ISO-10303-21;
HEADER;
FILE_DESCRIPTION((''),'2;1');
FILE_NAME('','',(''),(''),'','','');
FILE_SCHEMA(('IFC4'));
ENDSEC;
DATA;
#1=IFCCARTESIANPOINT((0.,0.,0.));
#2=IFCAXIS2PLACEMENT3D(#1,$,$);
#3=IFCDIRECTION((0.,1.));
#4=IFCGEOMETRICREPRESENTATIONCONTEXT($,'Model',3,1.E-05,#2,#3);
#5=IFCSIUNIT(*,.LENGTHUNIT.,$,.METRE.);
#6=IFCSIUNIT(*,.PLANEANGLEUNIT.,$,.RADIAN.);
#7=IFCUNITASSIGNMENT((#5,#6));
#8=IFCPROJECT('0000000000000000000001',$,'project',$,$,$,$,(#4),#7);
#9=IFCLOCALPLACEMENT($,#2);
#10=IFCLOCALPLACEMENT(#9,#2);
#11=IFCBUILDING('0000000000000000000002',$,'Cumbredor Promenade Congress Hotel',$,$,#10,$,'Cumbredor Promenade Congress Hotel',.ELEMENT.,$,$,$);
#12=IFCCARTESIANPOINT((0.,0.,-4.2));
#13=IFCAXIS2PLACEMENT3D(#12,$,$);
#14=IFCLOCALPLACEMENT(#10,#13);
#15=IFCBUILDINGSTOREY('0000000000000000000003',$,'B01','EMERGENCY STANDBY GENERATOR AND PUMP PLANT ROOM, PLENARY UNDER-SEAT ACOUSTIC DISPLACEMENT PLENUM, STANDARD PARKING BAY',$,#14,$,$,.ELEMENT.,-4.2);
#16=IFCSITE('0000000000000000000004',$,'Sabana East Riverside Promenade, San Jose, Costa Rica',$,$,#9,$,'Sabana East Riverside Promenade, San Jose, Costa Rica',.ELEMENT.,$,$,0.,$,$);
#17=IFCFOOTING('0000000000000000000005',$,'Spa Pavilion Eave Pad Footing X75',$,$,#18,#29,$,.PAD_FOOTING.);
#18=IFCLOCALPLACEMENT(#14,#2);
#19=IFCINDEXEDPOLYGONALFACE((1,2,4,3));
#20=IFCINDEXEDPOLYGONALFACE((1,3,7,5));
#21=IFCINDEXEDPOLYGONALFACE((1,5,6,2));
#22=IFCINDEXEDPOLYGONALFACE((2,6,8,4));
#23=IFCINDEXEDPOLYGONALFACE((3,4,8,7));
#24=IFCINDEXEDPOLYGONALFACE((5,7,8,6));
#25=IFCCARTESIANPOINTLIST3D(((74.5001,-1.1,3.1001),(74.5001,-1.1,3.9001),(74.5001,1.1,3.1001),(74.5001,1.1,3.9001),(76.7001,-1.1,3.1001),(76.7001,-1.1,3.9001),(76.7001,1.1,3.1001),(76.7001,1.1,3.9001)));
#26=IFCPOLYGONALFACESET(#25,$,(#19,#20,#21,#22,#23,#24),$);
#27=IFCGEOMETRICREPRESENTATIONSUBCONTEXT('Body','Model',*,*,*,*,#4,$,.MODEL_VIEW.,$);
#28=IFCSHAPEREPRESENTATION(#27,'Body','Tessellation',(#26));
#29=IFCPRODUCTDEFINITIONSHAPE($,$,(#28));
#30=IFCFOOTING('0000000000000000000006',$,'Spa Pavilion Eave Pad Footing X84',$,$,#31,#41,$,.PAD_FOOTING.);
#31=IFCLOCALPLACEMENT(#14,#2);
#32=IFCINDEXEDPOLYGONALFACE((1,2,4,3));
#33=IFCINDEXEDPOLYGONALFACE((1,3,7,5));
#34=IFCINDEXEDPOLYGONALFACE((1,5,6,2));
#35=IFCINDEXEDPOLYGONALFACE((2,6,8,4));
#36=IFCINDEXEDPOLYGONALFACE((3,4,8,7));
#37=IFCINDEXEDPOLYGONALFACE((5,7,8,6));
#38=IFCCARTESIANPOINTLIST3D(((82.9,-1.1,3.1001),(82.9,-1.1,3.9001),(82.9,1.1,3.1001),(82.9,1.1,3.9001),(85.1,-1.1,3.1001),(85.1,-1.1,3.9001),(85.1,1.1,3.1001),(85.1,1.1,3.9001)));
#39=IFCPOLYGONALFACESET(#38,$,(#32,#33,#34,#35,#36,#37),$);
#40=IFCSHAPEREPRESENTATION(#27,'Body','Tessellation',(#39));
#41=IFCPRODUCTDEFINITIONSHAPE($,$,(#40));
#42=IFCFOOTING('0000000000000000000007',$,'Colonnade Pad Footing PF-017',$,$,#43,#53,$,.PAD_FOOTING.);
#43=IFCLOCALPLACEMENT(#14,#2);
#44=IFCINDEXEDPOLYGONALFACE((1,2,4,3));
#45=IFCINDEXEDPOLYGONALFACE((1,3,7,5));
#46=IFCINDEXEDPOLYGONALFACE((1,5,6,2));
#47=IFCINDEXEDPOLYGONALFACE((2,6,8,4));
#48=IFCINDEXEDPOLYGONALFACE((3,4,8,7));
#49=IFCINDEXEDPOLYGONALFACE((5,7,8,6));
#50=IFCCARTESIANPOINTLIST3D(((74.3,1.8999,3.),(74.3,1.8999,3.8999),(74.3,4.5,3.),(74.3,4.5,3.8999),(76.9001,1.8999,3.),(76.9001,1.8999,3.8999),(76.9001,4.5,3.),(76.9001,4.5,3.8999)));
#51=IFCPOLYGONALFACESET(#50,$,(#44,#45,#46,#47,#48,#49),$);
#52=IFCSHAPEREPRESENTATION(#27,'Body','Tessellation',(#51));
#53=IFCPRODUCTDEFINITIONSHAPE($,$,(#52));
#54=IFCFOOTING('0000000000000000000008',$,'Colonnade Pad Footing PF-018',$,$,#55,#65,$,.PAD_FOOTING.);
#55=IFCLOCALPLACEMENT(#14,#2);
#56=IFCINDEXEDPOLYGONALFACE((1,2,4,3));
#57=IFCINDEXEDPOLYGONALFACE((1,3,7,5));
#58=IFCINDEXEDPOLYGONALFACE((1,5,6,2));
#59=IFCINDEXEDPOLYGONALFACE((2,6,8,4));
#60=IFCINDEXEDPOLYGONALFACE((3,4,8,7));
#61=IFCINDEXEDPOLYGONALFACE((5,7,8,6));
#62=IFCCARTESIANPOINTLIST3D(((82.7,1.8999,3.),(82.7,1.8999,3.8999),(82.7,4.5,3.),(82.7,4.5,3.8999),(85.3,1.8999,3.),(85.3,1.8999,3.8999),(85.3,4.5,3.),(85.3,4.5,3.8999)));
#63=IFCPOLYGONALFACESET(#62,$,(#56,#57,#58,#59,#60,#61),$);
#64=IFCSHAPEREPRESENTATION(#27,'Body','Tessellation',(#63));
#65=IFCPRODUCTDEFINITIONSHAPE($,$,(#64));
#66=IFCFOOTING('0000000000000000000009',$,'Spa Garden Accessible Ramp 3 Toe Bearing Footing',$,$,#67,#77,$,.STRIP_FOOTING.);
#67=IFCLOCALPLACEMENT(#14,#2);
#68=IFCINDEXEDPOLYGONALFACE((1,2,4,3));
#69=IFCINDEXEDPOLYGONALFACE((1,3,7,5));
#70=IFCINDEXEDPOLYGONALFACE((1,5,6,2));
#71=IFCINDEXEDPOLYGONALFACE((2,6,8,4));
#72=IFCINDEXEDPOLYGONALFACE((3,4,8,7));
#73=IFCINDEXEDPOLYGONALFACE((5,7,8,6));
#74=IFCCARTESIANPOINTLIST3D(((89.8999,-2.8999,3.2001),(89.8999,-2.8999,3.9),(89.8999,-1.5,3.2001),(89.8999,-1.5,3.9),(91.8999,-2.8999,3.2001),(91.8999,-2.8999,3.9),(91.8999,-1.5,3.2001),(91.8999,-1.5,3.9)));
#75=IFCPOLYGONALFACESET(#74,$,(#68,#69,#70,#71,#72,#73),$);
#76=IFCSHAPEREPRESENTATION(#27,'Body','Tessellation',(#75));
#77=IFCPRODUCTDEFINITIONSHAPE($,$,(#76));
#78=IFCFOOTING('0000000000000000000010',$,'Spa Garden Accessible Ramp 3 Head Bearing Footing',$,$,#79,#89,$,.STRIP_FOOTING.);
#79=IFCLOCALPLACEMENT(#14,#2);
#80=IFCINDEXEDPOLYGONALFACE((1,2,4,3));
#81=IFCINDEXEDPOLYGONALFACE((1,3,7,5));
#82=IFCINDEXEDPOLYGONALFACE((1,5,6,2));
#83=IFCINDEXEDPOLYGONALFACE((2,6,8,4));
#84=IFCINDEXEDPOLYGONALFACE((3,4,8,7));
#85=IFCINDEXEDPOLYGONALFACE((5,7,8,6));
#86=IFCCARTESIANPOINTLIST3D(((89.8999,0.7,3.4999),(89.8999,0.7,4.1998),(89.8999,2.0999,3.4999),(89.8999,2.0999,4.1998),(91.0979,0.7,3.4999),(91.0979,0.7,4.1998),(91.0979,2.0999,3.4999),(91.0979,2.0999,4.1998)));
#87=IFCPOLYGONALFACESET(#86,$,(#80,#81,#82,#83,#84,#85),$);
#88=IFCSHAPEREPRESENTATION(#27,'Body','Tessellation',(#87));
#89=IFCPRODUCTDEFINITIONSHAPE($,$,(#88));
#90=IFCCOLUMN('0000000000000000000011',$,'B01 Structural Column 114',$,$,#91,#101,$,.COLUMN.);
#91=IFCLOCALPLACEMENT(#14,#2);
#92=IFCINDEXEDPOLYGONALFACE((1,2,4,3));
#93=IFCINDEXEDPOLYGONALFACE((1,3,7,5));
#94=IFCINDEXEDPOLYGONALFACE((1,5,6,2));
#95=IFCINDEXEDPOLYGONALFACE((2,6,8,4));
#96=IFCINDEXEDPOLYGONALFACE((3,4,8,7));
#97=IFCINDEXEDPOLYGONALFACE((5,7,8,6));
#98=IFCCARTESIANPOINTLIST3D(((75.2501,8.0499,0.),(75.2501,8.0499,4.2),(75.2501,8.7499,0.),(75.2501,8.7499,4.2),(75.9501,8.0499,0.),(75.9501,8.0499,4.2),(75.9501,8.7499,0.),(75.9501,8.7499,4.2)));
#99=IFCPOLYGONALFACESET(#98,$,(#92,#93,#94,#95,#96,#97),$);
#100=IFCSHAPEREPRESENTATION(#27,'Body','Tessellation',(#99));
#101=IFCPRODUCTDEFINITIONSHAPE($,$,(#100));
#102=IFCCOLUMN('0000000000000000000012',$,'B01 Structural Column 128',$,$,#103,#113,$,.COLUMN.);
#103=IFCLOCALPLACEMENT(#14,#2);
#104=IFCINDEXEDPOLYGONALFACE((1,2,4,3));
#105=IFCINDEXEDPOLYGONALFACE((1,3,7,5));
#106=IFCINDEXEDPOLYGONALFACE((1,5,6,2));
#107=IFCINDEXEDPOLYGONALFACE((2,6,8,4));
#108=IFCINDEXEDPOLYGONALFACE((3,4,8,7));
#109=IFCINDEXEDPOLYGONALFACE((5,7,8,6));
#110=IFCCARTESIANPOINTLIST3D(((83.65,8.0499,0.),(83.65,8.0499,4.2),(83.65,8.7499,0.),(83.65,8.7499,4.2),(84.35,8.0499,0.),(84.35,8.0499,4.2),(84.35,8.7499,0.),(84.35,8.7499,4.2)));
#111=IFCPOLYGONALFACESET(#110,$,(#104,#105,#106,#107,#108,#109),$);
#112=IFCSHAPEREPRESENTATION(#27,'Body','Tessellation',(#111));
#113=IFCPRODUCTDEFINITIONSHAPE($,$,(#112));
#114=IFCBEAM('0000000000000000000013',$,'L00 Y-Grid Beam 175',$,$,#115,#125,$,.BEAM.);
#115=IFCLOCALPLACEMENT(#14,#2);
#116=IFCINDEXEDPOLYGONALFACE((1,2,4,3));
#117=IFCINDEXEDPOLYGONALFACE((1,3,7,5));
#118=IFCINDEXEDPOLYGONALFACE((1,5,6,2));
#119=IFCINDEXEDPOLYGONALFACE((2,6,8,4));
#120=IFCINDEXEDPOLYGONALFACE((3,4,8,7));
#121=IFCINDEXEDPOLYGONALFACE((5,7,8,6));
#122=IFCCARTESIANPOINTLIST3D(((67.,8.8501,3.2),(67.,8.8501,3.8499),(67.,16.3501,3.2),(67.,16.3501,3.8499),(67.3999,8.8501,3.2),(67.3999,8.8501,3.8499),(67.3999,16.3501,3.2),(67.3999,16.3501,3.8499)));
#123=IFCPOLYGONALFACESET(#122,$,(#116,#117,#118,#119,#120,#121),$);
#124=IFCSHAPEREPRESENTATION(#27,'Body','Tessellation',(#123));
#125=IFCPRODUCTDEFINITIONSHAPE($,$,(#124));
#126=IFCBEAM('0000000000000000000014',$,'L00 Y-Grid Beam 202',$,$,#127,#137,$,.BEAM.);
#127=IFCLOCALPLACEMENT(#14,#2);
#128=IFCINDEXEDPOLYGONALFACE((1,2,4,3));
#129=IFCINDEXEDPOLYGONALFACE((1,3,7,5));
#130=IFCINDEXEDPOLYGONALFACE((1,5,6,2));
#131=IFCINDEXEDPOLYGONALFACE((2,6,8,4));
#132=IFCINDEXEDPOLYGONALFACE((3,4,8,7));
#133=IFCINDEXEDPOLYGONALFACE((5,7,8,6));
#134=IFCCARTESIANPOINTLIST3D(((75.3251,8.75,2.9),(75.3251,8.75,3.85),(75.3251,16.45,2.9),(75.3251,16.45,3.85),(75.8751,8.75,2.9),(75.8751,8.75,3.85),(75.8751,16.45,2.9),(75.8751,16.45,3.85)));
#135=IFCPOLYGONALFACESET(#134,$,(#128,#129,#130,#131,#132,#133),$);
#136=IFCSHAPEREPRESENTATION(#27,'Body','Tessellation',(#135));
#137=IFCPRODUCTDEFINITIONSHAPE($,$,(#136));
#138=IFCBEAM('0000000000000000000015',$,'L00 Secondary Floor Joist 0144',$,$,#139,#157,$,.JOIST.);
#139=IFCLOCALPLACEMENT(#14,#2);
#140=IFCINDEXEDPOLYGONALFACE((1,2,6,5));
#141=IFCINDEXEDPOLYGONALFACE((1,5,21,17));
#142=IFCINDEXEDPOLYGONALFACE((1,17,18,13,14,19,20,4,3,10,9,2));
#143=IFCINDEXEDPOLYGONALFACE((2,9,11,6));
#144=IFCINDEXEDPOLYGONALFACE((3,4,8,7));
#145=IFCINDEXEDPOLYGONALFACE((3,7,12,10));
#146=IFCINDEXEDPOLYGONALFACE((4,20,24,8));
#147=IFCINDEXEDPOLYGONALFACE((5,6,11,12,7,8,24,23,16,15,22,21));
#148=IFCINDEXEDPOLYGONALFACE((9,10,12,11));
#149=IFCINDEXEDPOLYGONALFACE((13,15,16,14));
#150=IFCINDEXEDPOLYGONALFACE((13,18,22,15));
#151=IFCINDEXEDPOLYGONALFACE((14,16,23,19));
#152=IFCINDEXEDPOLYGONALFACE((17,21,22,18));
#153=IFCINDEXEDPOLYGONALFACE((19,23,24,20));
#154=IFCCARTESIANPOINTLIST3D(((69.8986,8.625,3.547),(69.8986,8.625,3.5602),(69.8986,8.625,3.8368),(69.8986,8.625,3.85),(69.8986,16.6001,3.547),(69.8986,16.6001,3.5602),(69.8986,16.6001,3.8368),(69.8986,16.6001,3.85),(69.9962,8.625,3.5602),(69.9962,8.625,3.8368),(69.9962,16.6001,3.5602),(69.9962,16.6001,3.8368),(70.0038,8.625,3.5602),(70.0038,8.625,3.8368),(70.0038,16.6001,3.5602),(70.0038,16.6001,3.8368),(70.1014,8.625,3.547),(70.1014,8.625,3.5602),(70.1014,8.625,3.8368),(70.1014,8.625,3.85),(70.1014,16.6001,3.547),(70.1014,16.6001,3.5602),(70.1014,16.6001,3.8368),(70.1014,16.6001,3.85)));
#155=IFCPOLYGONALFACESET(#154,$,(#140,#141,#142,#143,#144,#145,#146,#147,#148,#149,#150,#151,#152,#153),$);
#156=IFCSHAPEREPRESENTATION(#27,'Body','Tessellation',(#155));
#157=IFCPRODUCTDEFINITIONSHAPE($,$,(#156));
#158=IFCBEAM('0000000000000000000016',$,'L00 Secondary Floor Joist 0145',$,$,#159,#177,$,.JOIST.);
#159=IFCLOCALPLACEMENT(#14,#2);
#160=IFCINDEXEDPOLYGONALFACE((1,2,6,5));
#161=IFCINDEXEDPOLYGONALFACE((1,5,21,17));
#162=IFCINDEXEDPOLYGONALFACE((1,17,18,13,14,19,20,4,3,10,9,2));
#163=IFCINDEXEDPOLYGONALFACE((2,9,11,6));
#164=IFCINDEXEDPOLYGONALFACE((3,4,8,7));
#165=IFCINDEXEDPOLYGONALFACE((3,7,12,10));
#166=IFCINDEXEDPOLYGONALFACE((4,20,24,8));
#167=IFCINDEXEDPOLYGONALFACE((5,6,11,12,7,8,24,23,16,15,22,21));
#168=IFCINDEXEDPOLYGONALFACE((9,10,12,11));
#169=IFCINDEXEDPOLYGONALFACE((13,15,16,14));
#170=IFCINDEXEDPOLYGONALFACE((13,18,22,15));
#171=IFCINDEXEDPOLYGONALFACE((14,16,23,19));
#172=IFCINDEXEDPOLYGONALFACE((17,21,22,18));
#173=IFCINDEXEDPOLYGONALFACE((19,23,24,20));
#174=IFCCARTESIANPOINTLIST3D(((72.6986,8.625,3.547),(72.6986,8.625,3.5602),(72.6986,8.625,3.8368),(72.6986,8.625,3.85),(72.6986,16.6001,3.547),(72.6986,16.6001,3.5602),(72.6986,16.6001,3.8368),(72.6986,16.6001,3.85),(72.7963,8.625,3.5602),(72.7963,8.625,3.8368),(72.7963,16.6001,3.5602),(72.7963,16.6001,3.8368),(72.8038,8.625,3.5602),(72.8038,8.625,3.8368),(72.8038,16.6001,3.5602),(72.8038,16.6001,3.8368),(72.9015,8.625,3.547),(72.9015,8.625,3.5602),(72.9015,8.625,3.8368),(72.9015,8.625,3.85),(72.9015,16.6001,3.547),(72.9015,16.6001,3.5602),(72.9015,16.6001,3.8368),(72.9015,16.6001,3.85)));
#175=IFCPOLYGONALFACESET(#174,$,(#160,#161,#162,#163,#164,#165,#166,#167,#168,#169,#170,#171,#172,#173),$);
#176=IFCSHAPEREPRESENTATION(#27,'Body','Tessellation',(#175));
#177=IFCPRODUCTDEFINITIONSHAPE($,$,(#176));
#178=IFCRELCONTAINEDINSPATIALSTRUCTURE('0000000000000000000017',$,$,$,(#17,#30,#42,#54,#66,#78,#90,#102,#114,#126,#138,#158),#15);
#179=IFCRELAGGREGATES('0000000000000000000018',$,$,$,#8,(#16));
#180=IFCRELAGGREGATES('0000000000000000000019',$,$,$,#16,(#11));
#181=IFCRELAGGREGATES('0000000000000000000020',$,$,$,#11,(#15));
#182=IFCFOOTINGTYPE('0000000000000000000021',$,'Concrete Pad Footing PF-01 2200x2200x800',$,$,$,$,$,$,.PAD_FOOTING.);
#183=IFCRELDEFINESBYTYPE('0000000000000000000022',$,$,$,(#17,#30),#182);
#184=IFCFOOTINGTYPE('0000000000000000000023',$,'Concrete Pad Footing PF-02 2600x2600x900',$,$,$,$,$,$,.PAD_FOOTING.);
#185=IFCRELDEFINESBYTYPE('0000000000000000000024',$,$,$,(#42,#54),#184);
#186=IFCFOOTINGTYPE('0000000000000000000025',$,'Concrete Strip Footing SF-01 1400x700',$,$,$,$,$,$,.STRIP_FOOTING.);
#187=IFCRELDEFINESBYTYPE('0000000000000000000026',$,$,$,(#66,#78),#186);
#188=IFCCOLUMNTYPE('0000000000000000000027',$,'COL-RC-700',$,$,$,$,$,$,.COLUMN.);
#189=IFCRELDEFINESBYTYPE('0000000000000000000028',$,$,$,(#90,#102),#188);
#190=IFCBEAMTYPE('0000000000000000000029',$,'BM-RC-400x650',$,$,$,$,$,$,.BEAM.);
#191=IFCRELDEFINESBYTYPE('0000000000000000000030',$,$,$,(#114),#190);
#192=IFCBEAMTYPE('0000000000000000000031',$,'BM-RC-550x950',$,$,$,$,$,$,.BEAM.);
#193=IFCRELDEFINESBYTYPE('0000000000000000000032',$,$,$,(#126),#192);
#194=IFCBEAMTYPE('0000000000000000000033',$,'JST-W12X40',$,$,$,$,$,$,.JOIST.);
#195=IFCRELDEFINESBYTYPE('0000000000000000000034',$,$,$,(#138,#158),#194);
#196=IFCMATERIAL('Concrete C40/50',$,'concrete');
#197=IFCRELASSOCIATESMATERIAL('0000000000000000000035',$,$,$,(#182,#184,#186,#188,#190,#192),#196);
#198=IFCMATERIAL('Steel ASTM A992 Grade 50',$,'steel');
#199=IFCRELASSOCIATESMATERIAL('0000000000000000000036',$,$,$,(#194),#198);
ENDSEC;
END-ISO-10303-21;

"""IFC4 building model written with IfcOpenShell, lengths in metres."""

from ifc_helpers import new_model, si_unit, direction, frame, origin, origin_2d, place, context, subcontext, project, spatial, rectangle, i_section, extrude, material, material_profile, profile_set, type_object, element, save


model = new_model("IFC4")

# Units and contexts
model_context = context("Model", 3, precision=1e-05, world=origin(), true_north=direction((0.0, 1.0)))
body_context = subcontext(model_context, "Body", "Model", "MODEL_VIEW")
ifc_project = project(units=[si_unit("LENGTHUNIT", "METRE"), si_unit("PLANEANGLEUNIT", "RADIAN")], contexts=[model_context])

# Site, building, storey
site_placement = place(None, origin())
site = spatial("IfcSite", under=ifc_project, at=site_placement, Name="Sabana East Riverside Promenade, San Jose, Costa Rica", LongName="Sabana East Riverside Promenade, San Jose, Costa Rica", CompositionType="ELEMENT", RefElevation=0.0)
building_placement = place(site_placement, origin())
building = spatial("IfcBuilding", under=site, at=building_placement, Name="Cumbredor Promenade Congress Hotel", LongName="Cumbredor Promenade Congress Hotel", CompositionType="ELEMENT")
storey_placement = place(building_placement, frame((0.0, 0.0, -4.2)))
storey = spatial("IfcBuildingStorey", under=building, at=storey_placement, Name="B01", Description="EMERGENCY STANDBY GENERATOR AND PUMP PLANT ROOM, PLENARY UNDER-SEAT ACOUSTIC DISPLACEMENT PLENUM, STANDARD PARKING BAY", CompositionType="ELEMENT", Elevation=-4.2)

# Footings
ifc_material_1 = material(Name="Concrete C40/50", Category="concrete")
footing_type_1 = type_object("IfcFootingType", Name="Concrete Pad Footing PF-01 2200x2200x800", PredefinedType="PAD_FOOTING", material=ifc_material_1)
for number, where, z_axis, x_axis, name in (
    (1, (75.6001, 0.0, 3.1001), (0.0, 0.0, 1.0), (1.0, 0.0, 0.0), "Spa Pavilion Eave Pad Footing X75"),
    (2, (84.0, 0.0, 3.1001), (0.0, 0.0, 1.0), (1.0, 0.0, 0.0), "Spa Pavilion Eave Pad Footing X84"),
):
    element("IfcFooting", number, at=place(storey_placement, frame(where, z_axis=z_axis, x_axis=x_axis)), inside=storey, type_object=footing_type_1, Name=name, PredefinedType="PAD_FOOTING", context=body_context, shape_type="SweptSolid", body=[
        extrude(rectangle(XDim=2.2, YDim=2.2, at=origin_2d()), origin(), (0.0, 0.0, 1.0), 0.8),
    ])
footing_type_2 = type_object("IfcFootingType", Name="Concrete Pad Footing PF-02 2600x2600x900", PredefinedType="PAD_FOOTING", material=ifc_material_1)
for number, where, z_axis, x_axis, name in (
    (3, (75.6001, 3.2, 3.0), (0.0, 0.0, 1.0), (1.0, 0.0, 0.0), "Colonnade Pad Footing PF-017"),
    (4, (84.0, 3.2, 3.0), (0.0, 0.0, 1.0), (1.0, 0.0, 0.0), "Colonnade Pad Footing PF-018"),
):
    element("IfcFooting", number, at=place(storey_placement, frame(where, z_axis=z_axis, x_axis=x_axis)), inside=storey, type_object=footing_type_2, Name=name, PredefinedType="PAD_FOOTING", context=body_context, shape_type="SweptSolid", body=[
        extrude(rectangle(XDim=2.6001, YDim=2.6001, at=origin_2d()), origin(), (0.0, 0.0, 1.0), 0.8999),
    ])
ifc_material_profile_1 = material_profile(ifc_material_1, rectangle(XDim=1.3999, YDim=0.7, at=origin_2d()), Name="SF 1400x700")
ifc_profile_set_1 = profile_set([ifc_material_profile_1], Name="Concrete C40/50")
footing_type_3 = type_object("IfcFootingType", Name="Concrete Strip Footing SF-01 1400x700", PredefinedType="STRIP_FOOTING", material=ifc_profile_set_1)
footing_1_placement = place(storey_placement, frame((89.8999, -2.2, 3.55), z_axis=(1.0, 0.0, 0.0), x_axis=(0.0, 1.0, 0.0)))
element("IfcFooting", 5, at=footing_1_placement, inside=storey, type_object=footing_type_3, Name="Spa Garden Accessible Ramp 3 Toe Bearing Footing", PredefinedType="STRIP_FOOTING", context=body_context, shape_type="SweptSolid", body=[
    extrude(rectangle(XDim=1.3999, YDim=0.7, at=origin_2d()), origin(), (0.0, 0.0, 1.0), 2.0),
])
footing_2_placement = place(storey_placement, frame((89.8999, 1.3999, 3.8499), z_axis=(1.0, 0.0, 0.0), x_axis=(0.0, 1.0, 0.0)))
element("IfcFooting", 6, at=footing_2_placement, inside=storey, type_object=footing_type_3, Name="Spa Garden Accessible Ramp 3 Head Bearing Footing", PredefinedType="STRIP_FOOTING", context=body_context, shape_type="SweptSolid", body=[
    extrude(rectangle(XDim=1.3999, YDim=0.7, at=origin_2d()), origin(), (0.0, 0.0, 1.0), 1.198),
])

# Columns
ifc_material_profile_2 = material_profile(ifc_material_1, rectangle(XDim=0.7, YDim=0.7, at=origin_2d()), Name="RC 700x700")
ifc_profile_set_2 = profile_set([ifc_material_profile_2], Name="Concrete C40/50")
column_type = type_object("IfcColumnType", Name="COL-RC-700", PredefinedType="COLUMN", material=ifc_profile_set_2)
for number, where, z_axis, x_axis, name in (
    (7, (75.6001, 8.3999, 0.0), (0.0, 0.0, 1.0), (1.0, 0.0, 0.0), "B01 Structural Column 114"),
    (8, (84.0, 8.3999, 0.0), (0.0, 0.0, 1.0), (1.0, 0.0, 0.0), "B01 Structural Column 128"),
):
    element("IfcColumn", number, at=place(storey_placement, frame(where, z_axis=z_axis, x_axis=x_axis)), inside=storey, type_object=column_type, Name=name, PredefinedType="COLUMN", context=body_context, shape_type="SweptSolid", body=[
        extrude(rectangle(XDim=0.7, YDim=0.7, at=origin_2d()), origin(), (0.0, 0.0, 1.0), 4.2),
    ])

# Beams
ifc_material_profile_3 = material_profile(ifc_material_1, rectangle(XDim=0.3999, YDim=0.6499, at=origin_2d()), Name="RC BEAM 400x650")
ifc_profile_set_3 = profile_set([ifc_material_profile_3], Name="Concrete C40/50")
beam_type_1 = type_object("IfcBeamType", Name="BM-RC-400x650", PredefinedType="BEAM", material=ifc_profile_set_3)
beam_1_placement = place(storey_placement, frame((67.2, 8.8501, 3.5249), z_axis=(0.0, 1.0, 0.0), x_axis=(-1.0, 0.0, 0.0)))
element("IfcBeam", 9, at=beam_1_placement, inside=storey, type_object=beam_type_1, Name="L00 Y-Grid Beam 175", PredefinedType="BEAM", context=body_context, shape_type="SweptSolid", body=[
    extrude(rectangle(XDim=0.3999, YDim=0.6499, at=origin_2d()), origin(), (0.0, 0.0, 1.0), 7.5),
])
ifc_material_profile_4 = material_profile(ifc_material_1, rectangle(XDim=0.55, YDim=0.95, at=origin_2d()), Name="RC BEAM 550x950")
ifc_profile_set_4 = profile_set([ifc_material_profile_4], Name="Concrete C40/50")
beam_type_2 = type_object("IfcBeamType", Name="BM-RC-550x950", PredefinedType="BEAM", material=ifc_profile_set_4)
beam_2_placement = place(storey_placement, frame((75.6001, 8.75, 3.375), z_axis=(0.0, 1.0, 0.0), x_axis=(-1.0, 0.0, 0.0)))
element("IfcBeam", 10, at=beam_2_placement, inside=storey, type_object=beam_type_2, Name="L00 Y-Grid Beam 202", PredefinedType="BEAM", context=body_context, shape_type="SweptSolid", body=[
    extrude(rectangle(XDim=0.55, YDim=0.95, at=origin_2d()), origin(), (0.0, 0.0, 1.0), 7.7),
])
ifc_material_2 = material(Name="Steel ASTM A992 Grade 50", Category="steel")
ifc_material_profile_5 = material_profile(ifc_material_2, i_section(OverallWidth=0.2029, OverallDepth=0.303, WebThickness=0.0076, FlangeThickness=0.0132, at=origin_2d()), Name="W12X40")
ifc_profile_set_5 = profile_set([ifc_material_profile_5], Name="Steel ASTM A992 Grade 50")
beam_type_3 = type_object("IfcBeamType", Name="JST-W12X40", PredefinedType="JOIST", material=ifc_profile_set_5)
for number, where, z_axis, x_axis, name in (
    (11, (70.0, 8.625, 3.6985), (0.0, 1.0, 0.0), (-1.0, 0.0, 0.0), "L00 Secondary Floor Joist 0144"),
    (12, (72.8, 8.625, 3.6985), (0.0, 1.0, 0.0), (-1.0, 0.0, 0.0), "L00 Secondary Floor Joist 0145"),
):
    element("IfcBeam", number, at=place(storey_placement, frame(where, z_axis=z_axis, x_axis=x_axis)), inside=storey, type_object=beam_type_3, Name=name, PredefinedType="JOIST", context=body_context, shape_type="SweptSolid", body=[
        extrude(i_section(OverallWidth=0.2029, OverallDepth=0.303, WebThickness=0.0076, FlangeThickness=0.0132, at=origin_2d()), origin(), (0.0, 0.0, 1.0), 7.9751),
    ])

save(model, "model.ifc")
